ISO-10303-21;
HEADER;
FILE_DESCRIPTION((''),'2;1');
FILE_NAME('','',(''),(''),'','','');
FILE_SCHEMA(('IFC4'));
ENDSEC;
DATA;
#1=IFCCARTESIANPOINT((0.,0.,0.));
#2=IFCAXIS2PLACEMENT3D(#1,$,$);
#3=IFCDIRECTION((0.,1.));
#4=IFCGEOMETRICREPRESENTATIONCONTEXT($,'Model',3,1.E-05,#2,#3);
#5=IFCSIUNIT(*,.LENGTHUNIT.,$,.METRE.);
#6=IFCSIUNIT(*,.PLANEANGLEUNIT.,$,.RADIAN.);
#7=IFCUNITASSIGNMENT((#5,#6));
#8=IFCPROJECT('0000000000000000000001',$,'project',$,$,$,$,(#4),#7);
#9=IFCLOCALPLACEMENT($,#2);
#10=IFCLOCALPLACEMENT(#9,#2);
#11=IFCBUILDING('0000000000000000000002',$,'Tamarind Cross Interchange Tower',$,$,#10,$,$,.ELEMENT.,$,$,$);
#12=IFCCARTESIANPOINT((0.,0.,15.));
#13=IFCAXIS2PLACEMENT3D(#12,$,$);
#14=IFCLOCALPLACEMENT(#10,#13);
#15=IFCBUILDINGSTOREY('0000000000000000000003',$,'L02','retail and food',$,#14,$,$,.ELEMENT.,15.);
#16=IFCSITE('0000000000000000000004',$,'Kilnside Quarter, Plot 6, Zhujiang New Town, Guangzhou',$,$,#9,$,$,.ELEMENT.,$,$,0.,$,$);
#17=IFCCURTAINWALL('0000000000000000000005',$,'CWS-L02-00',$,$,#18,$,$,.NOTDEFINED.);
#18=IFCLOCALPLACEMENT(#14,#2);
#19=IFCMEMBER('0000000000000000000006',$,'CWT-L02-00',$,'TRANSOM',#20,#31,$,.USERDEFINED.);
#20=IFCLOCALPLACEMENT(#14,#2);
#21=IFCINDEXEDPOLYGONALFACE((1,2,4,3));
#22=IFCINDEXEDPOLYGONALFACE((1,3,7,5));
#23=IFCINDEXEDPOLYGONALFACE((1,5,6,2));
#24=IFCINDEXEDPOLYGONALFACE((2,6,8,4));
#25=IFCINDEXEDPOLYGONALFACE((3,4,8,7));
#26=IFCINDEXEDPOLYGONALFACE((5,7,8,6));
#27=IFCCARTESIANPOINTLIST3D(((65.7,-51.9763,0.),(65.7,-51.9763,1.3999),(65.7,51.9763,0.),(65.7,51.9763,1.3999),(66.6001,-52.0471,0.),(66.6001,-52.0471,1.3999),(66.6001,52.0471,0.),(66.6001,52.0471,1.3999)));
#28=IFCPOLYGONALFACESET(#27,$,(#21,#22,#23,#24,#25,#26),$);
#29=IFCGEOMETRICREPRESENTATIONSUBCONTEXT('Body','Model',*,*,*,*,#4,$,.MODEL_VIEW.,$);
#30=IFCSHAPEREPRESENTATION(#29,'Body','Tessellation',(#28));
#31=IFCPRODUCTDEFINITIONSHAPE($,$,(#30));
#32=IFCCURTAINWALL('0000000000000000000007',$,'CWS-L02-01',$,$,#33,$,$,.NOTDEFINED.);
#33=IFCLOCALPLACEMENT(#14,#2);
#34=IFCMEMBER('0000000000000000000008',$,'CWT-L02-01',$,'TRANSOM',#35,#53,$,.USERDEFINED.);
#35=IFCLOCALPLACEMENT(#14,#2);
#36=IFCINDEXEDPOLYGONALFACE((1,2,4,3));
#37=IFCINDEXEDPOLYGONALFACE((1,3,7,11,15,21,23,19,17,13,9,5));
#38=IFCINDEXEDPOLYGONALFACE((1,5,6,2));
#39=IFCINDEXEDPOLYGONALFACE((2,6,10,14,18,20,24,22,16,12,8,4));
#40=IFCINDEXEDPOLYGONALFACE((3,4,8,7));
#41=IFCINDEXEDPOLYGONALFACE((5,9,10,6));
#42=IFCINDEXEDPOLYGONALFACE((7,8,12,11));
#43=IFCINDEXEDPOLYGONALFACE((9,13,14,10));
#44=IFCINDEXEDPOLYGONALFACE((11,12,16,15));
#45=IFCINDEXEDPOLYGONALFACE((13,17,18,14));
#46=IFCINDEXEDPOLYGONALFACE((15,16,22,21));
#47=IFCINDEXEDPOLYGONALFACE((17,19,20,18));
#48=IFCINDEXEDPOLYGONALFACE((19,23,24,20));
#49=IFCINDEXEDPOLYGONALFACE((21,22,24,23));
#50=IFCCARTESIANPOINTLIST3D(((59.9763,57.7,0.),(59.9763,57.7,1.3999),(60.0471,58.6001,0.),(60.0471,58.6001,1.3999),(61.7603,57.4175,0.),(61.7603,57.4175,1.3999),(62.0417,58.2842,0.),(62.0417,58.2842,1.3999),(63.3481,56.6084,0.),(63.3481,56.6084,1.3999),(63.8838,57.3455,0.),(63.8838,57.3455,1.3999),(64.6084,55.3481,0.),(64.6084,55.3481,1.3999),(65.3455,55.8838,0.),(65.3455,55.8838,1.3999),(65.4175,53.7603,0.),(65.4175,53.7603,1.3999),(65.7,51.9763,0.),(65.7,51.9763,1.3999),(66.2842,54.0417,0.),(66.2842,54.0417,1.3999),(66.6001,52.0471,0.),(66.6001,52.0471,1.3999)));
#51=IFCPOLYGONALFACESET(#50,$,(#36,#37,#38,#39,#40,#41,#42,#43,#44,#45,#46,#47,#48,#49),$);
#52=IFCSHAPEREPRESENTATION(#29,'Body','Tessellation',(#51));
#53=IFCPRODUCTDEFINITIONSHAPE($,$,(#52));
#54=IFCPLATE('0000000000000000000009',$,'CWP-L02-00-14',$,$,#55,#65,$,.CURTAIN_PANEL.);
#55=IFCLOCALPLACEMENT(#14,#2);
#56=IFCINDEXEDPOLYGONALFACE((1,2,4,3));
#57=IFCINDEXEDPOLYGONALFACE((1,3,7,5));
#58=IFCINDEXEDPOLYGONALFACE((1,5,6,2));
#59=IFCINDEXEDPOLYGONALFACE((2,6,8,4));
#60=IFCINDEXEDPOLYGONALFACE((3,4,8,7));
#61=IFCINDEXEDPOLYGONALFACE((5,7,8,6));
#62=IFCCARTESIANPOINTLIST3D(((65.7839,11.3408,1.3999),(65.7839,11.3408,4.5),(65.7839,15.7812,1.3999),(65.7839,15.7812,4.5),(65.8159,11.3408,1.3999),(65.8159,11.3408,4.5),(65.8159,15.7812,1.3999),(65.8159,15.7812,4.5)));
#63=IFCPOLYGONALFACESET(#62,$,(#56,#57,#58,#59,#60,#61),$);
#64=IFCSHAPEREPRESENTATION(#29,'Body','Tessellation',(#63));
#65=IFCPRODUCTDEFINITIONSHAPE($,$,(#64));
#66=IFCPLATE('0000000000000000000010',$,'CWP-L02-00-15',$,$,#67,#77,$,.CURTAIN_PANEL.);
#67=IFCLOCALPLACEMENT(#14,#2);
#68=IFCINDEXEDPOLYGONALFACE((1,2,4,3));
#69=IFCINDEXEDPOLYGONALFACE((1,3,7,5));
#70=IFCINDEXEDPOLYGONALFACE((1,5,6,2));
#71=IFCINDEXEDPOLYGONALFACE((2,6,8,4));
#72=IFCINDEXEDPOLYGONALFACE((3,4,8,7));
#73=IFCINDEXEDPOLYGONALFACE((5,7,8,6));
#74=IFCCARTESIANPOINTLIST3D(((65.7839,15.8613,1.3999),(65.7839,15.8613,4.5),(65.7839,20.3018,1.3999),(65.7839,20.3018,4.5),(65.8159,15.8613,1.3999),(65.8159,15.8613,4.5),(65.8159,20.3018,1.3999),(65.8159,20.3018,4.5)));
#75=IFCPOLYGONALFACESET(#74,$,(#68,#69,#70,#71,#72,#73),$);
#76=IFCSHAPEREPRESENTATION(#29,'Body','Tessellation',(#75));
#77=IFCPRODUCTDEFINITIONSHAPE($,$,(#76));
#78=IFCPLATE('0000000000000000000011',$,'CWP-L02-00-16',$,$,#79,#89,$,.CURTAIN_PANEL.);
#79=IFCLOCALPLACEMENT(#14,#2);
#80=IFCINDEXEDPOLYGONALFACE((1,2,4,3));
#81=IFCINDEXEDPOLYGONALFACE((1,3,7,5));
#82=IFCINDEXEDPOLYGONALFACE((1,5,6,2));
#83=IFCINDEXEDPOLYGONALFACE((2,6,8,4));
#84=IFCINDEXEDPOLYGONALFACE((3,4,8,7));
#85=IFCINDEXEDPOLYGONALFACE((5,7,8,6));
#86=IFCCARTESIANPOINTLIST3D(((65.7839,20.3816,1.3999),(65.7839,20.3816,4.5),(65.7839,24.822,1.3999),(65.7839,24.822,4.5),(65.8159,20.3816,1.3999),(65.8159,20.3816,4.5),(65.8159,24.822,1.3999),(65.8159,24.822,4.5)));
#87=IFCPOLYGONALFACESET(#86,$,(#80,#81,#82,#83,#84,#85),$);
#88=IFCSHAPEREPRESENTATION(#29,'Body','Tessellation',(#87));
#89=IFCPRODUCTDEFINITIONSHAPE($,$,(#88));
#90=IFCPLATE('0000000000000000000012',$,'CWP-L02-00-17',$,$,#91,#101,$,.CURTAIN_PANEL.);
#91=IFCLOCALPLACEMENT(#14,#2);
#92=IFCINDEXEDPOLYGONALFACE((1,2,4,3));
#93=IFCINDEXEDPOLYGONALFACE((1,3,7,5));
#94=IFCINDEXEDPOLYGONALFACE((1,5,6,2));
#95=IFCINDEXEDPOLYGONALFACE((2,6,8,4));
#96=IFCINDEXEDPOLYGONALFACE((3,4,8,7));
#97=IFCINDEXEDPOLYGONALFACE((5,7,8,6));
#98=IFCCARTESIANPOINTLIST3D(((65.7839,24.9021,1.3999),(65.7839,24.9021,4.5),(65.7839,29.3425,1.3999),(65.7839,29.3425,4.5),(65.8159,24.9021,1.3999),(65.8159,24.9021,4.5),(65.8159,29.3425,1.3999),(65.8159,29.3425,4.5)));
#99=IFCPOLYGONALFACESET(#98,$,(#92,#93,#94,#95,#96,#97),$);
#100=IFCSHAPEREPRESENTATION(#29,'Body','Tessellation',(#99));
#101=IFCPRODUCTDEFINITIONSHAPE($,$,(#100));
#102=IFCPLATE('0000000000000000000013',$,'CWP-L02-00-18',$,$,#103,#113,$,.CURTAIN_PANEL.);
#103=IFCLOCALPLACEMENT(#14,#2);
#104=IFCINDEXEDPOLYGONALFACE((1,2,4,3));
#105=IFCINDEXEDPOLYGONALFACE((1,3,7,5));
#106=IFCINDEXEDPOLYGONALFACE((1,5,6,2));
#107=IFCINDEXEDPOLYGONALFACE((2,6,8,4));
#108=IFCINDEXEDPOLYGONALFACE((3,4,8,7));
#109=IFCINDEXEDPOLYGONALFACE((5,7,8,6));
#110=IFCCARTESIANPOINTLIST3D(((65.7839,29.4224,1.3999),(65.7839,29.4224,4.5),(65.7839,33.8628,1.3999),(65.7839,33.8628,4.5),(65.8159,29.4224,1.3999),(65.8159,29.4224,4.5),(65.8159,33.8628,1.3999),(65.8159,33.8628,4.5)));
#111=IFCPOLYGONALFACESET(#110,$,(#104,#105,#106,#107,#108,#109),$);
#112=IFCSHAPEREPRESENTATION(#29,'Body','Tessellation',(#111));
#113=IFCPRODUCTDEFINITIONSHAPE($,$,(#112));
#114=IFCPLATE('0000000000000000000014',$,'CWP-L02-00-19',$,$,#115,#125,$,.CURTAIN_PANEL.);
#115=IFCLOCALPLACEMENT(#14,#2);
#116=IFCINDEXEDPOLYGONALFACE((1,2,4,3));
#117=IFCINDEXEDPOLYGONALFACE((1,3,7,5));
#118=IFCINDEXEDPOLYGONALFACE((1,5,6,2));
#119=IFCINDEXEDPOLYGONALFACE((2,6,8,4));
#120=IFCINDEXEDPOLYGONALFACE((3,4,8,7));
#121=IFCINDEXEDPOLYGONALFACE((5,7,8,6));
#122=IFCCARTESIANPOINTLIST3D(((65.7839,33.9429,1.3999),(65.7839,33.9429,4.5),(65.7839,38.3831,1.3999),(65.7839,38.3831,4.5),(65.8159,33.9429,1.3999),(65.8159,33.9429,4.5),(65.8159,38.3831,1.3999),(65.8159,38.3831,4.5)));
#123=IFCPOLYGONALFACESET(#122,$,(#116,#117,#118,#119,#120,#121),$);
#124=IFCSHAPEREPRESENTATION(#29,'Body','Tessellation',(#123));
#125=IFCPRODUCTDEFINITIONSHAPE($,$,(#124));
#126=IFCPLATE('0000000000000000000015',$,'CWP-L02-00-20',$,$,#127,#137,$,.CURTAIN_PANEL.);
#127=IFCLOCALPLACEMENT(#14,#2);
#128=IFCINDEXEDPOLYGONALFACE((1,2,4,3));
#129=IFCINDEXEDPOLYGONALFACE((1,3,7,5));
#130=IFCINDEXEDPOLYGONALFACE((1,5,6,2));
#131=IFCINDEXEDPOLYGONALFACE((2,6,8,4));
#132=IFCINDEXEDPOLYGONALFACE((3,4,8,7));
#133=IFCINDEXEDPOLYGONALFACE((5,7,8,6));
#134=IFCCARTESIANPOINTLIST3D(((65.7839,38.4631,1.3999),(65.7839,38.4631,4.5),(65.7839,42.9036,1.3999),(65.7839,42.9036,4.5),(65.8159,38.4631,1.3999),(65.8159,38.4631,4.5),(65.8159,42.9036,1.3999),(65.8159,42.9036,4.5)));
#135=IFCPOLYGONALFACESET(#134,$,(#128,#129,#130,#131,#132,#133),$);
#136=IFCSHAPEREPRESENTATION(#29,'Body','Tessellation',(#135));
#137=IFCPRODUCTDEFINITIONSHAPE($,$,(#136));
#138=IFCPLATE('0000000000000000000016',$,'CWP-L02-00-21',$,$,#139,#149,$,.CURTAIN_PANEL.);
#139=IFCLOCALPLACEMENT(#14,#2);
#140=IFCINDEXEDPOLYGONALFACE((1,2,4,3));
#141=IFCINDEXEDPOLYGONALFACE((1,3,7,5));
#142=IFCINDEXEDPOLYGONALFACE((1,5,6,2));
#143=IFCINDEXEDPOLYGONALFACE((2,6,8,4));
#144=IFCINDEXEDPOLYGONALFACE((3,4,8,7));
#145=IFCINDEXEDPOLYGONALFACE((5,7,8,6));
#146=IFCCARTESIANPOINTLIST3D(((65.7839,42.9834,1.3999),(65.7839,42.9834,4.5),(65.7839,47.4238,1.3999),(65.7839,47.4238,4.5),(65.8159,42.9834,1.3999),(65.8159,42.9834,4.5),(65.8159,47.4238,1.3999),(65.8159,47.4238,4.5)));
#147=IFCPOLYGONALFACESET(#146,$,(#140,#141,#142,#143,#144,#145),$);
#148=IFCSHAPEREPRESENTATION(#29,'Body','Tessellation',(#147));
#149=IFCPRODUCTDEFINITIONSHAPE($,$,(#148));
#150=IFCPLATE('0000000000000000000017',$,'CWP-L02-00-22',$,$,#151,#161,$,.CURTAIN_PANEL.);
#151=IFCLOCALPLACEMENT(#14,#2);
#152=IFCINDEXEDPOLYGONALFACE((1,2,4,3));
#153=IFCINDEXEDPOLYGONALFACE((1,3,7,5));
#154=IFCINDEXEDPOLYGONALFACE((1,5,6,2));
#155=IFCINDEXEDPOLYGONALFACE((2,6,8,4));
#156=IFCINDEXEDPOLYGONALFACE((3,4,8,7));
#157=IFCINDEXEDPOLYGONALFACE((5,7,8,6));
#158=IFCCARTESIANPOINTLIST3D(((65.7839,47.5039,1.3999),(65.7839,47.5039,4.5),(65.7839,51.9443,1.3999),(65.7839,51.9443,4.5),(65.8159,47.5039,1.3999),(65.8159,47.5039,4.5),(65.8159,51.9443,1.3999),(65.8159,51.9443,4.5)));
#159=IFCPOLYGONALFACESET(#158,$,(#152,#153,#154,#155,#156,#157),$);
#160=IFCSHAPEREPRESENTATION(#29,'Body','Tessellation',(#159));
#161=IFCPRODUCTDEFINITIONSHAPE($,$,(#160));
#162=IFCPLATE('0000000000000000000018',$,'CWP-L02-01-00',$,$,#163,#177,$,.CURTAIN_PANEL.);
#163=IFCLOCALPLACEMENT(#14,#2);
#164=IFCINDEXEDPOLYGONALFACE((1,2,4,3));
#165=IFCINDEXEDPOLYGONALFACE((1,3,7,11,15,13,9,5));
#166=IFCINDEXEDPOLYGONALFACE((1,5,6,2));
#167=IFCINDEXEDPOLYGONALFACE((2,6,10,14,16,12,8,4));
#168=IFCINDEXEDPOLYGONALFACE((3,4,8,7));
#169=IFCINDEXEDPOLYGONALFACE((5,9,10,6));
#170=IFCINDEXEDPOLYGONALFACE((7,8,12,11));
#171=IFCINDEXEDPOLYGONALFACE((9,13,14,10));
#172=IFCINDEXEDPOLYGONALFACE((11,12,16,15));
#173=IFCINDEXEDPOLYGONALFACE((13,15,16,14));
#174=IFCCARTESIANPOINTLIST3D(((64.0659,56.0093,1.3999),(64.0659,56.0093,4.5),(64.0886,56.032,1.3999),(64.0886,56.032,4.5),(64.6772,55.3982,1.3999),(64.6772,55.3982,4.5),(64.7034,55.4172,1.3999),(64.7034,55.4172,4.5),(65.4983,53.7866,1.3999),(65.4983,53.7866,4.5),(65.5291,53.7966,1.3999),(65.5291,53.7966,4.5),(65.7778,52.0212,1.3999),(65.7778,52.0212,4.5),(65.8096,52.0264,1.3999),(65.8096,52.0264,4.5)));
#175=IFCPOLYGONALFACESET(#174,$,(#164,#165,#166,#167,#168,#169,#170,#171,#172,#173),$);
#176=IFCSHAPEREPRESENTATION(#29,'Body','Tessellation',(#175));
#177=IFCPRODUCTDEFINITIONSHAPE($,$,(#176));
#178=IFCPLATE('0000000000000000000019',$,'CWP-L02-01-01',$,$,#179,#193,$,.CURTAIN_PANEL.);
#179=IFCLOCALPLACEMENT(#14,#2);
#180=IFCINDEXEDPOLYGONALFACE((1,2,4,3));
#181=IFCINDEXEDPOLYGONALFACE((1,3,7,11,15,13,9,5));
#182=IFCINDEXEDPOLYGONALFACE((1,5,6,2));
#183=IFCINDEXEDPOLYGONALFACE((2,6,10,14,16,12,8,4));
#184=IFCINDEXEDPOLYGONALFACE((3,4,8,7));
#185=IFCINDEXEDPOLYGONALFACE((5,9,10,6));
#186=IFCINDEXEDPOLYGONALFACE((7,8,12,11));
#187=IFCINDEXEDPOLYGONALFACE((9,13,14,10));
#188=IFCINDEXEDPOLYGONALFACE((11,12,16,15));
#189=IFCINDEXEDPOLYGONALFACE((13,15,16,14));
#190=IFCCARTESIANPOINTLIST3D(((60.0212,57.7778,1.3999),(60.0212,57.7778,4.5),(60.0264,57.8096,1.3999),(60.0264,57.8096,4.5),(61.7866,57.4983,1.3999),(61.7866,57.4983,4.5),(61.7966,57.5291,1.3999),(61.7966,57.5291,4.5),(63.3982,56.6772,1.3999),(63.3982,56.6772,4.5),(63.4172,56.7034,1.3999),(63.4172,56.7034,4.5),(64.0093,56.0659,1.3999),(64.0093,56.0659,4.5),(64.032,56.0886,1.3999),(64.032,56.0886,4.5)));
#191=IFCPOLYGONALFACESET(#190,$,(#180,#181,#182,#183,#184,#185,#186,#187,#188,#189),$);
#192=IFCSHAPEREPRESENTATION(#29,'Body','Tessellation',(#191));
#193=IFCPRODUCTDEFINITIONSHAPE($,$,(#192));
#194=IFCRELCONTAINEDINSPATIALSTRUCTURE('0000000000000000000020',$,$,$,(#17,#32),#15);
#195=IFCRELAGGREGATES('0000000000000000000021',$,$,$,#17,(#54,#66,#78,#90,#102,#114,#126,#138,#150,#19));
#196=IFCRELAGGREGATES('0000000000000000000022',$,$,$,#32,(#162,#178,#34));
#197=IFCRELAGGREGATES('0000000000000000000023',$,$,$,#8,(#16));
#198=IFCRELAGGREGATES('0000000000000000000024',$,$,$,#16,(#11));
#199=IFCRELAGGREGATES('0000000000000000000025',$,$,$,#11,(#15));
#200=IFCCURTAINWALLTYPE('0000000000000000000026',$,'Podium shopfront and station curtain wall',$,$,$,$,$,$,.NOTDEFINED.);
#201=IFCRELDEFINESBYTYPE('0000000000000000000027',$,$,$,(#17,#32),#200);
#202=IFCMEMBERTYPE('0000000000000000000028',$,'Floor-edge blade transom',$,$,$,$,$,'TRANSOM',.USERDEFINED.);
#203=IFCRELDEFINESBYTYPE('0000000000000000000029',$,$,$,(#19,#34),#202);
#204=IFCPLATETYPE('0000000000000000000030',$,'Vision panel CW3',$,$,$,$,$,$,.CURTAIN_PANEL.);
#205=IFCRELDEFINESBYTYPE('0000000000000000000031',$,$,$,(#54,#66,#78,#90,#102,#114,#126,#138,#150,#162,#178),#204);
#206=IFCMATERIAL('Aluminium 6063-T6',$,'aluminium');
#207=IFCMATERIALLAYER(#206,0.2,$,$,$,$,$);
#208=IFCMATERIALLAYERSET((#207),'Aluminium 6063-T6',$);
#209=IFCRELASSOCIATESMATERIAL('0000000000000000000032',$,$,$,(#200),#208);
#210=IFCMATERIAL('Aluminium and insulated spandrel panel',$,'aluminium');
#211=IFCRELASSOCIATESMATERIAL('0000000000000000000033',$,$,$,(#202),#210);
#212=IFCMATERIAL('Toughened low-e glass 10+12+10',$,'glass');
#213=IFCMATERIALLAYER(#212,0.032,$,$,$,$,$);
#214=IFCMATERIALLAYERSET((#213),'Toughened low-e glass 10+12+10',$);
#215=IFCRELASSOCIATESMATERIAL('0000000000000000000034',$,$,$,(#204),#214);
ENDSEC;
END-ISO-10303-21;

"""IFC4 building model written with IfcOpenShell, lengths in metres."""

from ifc_helpers import new_model, si_unit, direction, frame, origin, place, context, subcontext, project, spatial, polyline, outline, extrude, material, layer, layer_set, type_object, element, aggregate, save


model = new_model("IFC4")

# Units and contexts
model_context = context("Model", 3, precision=1e-05, world=origin(), true_north=direction((0.0, 1.0)))
body_context = subcontext(model_context, "Body", "Model", "MODEL_VIEW")
ifc_project = project(units=[si_unit("LENGTHUNIT", "METRE"), si_unit("PLANEANGLEUNIT", "RADIAN")], contexts=[model_context])

# Site, building, storey
site_placement = place(None, origin())
site = spatial("IfcSite", under=ifc_project, at=site_placement, Name="Kilnside Quarter, Plot 6, Zhujiang New Town, Guangzhou", CompositionType="ELEMENT", RefElevation=0.0)
building_placement = place(site_placement, origin())
building = spatial("IfcBuilding", under=site, at=building_placement, Name="Tamarind Cross Interchange Tower", CompositionType="ELEMENT")
storey_placement = place(building_placement, frame((0.0, 0.0, 15.0)))
storey = spatial("IfcBuildingStorey", under=building, at=storey_placement, Name="L02", Description="retail and food", CompositionType="ELEMENT", Elevation=15.0)

# Curtain walls, members
ifc_material_1 = material(Name="Aluminium 6063-T6", Category="aluminium")
ifc_layer_1 = layer(ifc_material_1, 0.2)
ifc_layer_set_1 = layer_set([ifc_layer_1], Name="Aluminium 6063-T6")
curtain_wall_type = type_object("IfcCurtainWallType", Name="Podium shopfront and station curtain wall", PredefinedType="NOTDEFINED", material=ifc_layer_set_1)
curtain_wall_1_placement = place(storey_placement, origin())
curtain_wall_1 = element("IfcCurtainWall", 1, at=curtain_wall_1_placement, inside=storey, type_object=curtain_wall_type, Name="CWS-L02-00", PredefinedType="NOTDEFINED")
ifc_material_2 = material(Name="Aluminium and insulated spandrel panel", Category="aluminium")
member_type = type_object("IfcMemberType", Name="Floor-edge blade transom", ElementType="TRANSOM", PredefinedType="USERDEFINED", material=ifc_material_2)
member_1_placement = place(storey_placement, origin())
member_1 = element("IfcMember", 2, at=member_1_placement, type_object=member_type, Name="CWT-L02-00", ObjectType="TRANSOM", PredefinedType="USERDEFINED", context=body_context, shape_type="SweptSolid", body=[
    extrude(outline(polyline([(65.7, -51.9763), (65.7, 51.9763), (66.6001, 52.0471), (66.6001, -52.0471), (65.7, -51.9763)])), origin(), (0.0, 0.0, 1.0), 1.3999),
])
curtain_wall_2_placement = place(storey_placement, origin())
curtain_wall_2 = element("IfcCurtainWall", 3, at=curtain_wall_2_placement, inside=storey, type_object=curtain_wall_type, Name="CWS-L02-01", PredefinedType="NOTDEFINED")
member_2_placement = place(storey_placement, origin())
member_2 = element("IfcMember", 4, at=member_2_placement, type_object=member_type, Name="CWT-L02-01", ObjectType="TRANSOM", PredefinedType="USERDEFINED", context=body_context, shape_type="SweptSolid", body=[
    extrude(outline(polyline([(65.7, 51.9763), (65.4175, 53.7603), (64.6084, 55.3481), (63.3481, 56.6084), (61.7603, 57.4175), (59.9763, 57.7), (60.0471, 58.6001), (62.0417, 58.2842), (63.8838, 57.3455), (65.3455, 55.8838), (66.2842, 54.0417), (66.6001, 52.0471), (65.7, 51.9763)])), origin(), (0.0, 0.0, 1.0), 1.3999),
])

# Plates
ifc_material_3 = material(Name="Toughened low-e glass 10+12+10", Category="glass")
ifc_layer_2 = layer(ifc_material_3, 0.032)
ifc_layer_set_2 = layer_set([ifc_layer_2], Name="Toughened low-e glass 10+12+10")
plate_type = type_object("IfcPlateType", Name="Vision panel CW3", PredefinedType="CURTAIN_PANEL", material=ifc_layer_set_2)
plate_1_placement = place(storey_placement, frame((0.0, 0.0, 1.3999)))
plate_1 = element("IfcPlate", 5, at=plate_1_placement, type_object=plate_type, Name="CWP-L02-00-14", PredefinedType="CURTAIN_PANEL", context=body_context, shape_type="SweptSolid", body=[
    extrude(outline(polyline([(65.7839, 11.3408), (65.7839, 15.7812), (65.8159, 15.7812), (65.8159, 11.3408), (65.7839, 11.3408)])), origin(), (0.0, 0.0, 1.0), 3.1001),
])
plate_2_placement = place(storey_placement, frame((0.0, 0.0, 1.3999)))
plate_2 = element("IfcPlate", 6, at=plate_2_placement, type_object=plate_type, Name="CWP-L02-00-15", PredefinedType="CURTAIN_PANEL", context=body_context, shape_type="SweptSolid", body=[
    extrude(outline(polyline([(65.7839, 15.8613), (65.7839, 20.3018), (65.8159, 20.3018), (65.8159, 15.8613), (65.7839, 15.8613)])), origin(), (0.0, 0.0, 1.0), 3.1001),
])
plate_3_placement = place(storey_placement, frame((0.0, 0.0, 1.3999)))
plate_3 = element("IfcPlate", 7, at=plate_3_placement, type_object=plate_type, Name="CWP-L02-00-16", PredefinedType="CURTAIN_PANEL", context=body_context, shape_type="SweptSolid", body=[
    extrude(outline(polyline([(65.7839, 20.3816), (65.7839, 24.822), (65.8159, 24.822), (65.8159, 20.3816), (65.7839, 20.3816)])), origin(), (0.0, 0.0, 1.0), 3.1001),
])
plate_4_placement = place(storey_placement, frame((0.0, 0.0, 1.3999)))
plate_4 = element("IfcPlate", 8, at=plate_4_placement, type_object=plate_type, Name="CWP-L02-00-17", PredefinedType="CURTAIN_PANEL", context=body_context, shape_type="SweptSolid", body=[
    extrude(outline(polyline([(65.7839, 24.9021), (65.7839, 29.3425), (65.8159, 29.3425), (65.8159, 24.9021), (65.7839, 24.9021)])), origin(), (0.0, 0.0, 1.0), 3.1001),
])
plate_5_placement = place(storey_placement, frame((0.0, 0.0, 1.3999)))
plate_5 = element("IfcPlate", 9, at=plate_5_placement, type_object=plate_type, Name="CWP-L02-00-18", PredefinedType="CURTAIN_PANEL", context=body_context, shape_type="SweptSolid", body=[
    extrude(outline(polyline([(65.7839, 29.4224), (65.7839, 33.8628), (65.8159, 33.8628), (65.8159, 29.4224), (65.7839, 29.4224)])), origin(), (0.0, 0.0, 1.0), 3.1001),
])
plate_6_placement = place(storey_placement, frame((0.0, 0.0, 1.3999)))
plate_6 = element("IfcPlate", 10, at=plate_6_placement, type_object=plate_type, Name="CWP-L02-00-19", PredefinedType="CURTAIN_PANEL", context=body_context, shape_type="SweptSolid", body=[
    extrude(outline(polyline([(65.7839, 33.9429), (65.7839, 38.3831), (65.8159, 38.3831), (65.8159, 33.9429), (65.7839, 33.9429)])), origin(), (0.0, 0.0, 1.0), 3.1001),
])
plate_7_placement = place(storey_placement, frame((0.0, 0.0, 1.3999)))
plate_7 = element("IfcPlate", 11, at=plate_7_placement, type_object=plate_type, Name="CWP-L02-00-20", PredefinedType="CURTAIN_PANEL", context=body_context, shape_type="SweptSolid", body=[
    extrude(outline(polyline([(65.7839, 38.4631), (65.7839, 42.9036), (65.8159, 42.9036), (65.8159, 38.4631), (65.7839, 38.4631)])), origin(), (0.0, 0.0, 1.0), 3.1001),
])
plate_8_placement = place(storey_placement, frame((0.0, 0.0, 1.3999)))
plate_8 = element("IfcPlate", 12, at=plate_8_placement, type_object=plate_type, Name="CWP-L02-00-21", PredefinedType="CURTAIN_PANEL", context=body_context, shape_type="SweptSolid", body=[
    extrude(outline(polyline([(65.7839, 42.9834), (65.7839, 47.4238), (65.8159, 47.4238), (65.8159, 42.9834), (65.7839, 42.9834)])), origin(), (0.0, 0.0, 1.0), 3.1001),
])
plate_9_placement = place(storey_placement, frame((0.0, 0.0, 1.3999)))
plate_9 = element("IfcPlate", 13, at=plate_9_placement, type_object=plate_type, Name="CWP-L02-00-22", PredefinedType="CURTAIN_PANEL", context=body_context, shape_type="SweptSolid", body=[
    extrude(outline(polyline([(65.7839, 47.5039), (65.7839, 51.9443), (65.8159, 51.9443), (65.8159, 47.5039), (65.7839, 47.5039)])), origin(), (0.0, 0.0, 1.0), 3.1001),
])
aggregate(curtain_wall_1, [plate_1, plate_2, plate_3, plate_4, plate_5, plate_6, plate_7, plate_8, plate_9, member_1])
plate_10_placement = place(storey_placement, frame((0.0, 0.0, 1.3999)))
plate_10 = element("IfcPlate", 14, at=plate_10_placement, type_object=plate_type, Name="CWP-L02-01-00", PredefinedType="CURTAIN_PANEL", context=body_context, shape_type="SweptSolid", body=[
    extrude(outline(polyline([(65.7778, 52.0212), (65.4983, 53.7866), (64.6772, 55.3982), (64.0659, 56.0093), (64.0886, 56.032), (64.7034, 55.4172), (65.5291, 53.7966), (65.8096, 52.0264), (65.7778, 52.0212)])), origin(), (0.0, 0.0, 1.0), 3.1001),
])
plate_11_placement = place(storey_placement, frame((0.0, 0.0, 1.3999)))
plate_11 = element("IfcPlate", 15, at=plate_11_placement, type_object=plate_type, Name="CWP-L02-01-01", PredefinedType="CURTAIN_PANEL", context=body_context, shape_type="SweptSolid", body=[
    extrude(outline(polyline([(64.0093, 56.0659), (63.3982, 56.6772), (61.7866, 57.4983), (60.0212, 57.7778), (60.0264, 57.8096), (61.7966, 57.5291), (63.4172, 56.7034), (64.032, 56.0886), (64.0093, 56.0659)])), origin(), (0.0, 0.0, 1.0), 3.1001),
])
aggregate(curtain_wall_2, [plate_10, plate_11, member_2])

save(model, "model.ifc")
